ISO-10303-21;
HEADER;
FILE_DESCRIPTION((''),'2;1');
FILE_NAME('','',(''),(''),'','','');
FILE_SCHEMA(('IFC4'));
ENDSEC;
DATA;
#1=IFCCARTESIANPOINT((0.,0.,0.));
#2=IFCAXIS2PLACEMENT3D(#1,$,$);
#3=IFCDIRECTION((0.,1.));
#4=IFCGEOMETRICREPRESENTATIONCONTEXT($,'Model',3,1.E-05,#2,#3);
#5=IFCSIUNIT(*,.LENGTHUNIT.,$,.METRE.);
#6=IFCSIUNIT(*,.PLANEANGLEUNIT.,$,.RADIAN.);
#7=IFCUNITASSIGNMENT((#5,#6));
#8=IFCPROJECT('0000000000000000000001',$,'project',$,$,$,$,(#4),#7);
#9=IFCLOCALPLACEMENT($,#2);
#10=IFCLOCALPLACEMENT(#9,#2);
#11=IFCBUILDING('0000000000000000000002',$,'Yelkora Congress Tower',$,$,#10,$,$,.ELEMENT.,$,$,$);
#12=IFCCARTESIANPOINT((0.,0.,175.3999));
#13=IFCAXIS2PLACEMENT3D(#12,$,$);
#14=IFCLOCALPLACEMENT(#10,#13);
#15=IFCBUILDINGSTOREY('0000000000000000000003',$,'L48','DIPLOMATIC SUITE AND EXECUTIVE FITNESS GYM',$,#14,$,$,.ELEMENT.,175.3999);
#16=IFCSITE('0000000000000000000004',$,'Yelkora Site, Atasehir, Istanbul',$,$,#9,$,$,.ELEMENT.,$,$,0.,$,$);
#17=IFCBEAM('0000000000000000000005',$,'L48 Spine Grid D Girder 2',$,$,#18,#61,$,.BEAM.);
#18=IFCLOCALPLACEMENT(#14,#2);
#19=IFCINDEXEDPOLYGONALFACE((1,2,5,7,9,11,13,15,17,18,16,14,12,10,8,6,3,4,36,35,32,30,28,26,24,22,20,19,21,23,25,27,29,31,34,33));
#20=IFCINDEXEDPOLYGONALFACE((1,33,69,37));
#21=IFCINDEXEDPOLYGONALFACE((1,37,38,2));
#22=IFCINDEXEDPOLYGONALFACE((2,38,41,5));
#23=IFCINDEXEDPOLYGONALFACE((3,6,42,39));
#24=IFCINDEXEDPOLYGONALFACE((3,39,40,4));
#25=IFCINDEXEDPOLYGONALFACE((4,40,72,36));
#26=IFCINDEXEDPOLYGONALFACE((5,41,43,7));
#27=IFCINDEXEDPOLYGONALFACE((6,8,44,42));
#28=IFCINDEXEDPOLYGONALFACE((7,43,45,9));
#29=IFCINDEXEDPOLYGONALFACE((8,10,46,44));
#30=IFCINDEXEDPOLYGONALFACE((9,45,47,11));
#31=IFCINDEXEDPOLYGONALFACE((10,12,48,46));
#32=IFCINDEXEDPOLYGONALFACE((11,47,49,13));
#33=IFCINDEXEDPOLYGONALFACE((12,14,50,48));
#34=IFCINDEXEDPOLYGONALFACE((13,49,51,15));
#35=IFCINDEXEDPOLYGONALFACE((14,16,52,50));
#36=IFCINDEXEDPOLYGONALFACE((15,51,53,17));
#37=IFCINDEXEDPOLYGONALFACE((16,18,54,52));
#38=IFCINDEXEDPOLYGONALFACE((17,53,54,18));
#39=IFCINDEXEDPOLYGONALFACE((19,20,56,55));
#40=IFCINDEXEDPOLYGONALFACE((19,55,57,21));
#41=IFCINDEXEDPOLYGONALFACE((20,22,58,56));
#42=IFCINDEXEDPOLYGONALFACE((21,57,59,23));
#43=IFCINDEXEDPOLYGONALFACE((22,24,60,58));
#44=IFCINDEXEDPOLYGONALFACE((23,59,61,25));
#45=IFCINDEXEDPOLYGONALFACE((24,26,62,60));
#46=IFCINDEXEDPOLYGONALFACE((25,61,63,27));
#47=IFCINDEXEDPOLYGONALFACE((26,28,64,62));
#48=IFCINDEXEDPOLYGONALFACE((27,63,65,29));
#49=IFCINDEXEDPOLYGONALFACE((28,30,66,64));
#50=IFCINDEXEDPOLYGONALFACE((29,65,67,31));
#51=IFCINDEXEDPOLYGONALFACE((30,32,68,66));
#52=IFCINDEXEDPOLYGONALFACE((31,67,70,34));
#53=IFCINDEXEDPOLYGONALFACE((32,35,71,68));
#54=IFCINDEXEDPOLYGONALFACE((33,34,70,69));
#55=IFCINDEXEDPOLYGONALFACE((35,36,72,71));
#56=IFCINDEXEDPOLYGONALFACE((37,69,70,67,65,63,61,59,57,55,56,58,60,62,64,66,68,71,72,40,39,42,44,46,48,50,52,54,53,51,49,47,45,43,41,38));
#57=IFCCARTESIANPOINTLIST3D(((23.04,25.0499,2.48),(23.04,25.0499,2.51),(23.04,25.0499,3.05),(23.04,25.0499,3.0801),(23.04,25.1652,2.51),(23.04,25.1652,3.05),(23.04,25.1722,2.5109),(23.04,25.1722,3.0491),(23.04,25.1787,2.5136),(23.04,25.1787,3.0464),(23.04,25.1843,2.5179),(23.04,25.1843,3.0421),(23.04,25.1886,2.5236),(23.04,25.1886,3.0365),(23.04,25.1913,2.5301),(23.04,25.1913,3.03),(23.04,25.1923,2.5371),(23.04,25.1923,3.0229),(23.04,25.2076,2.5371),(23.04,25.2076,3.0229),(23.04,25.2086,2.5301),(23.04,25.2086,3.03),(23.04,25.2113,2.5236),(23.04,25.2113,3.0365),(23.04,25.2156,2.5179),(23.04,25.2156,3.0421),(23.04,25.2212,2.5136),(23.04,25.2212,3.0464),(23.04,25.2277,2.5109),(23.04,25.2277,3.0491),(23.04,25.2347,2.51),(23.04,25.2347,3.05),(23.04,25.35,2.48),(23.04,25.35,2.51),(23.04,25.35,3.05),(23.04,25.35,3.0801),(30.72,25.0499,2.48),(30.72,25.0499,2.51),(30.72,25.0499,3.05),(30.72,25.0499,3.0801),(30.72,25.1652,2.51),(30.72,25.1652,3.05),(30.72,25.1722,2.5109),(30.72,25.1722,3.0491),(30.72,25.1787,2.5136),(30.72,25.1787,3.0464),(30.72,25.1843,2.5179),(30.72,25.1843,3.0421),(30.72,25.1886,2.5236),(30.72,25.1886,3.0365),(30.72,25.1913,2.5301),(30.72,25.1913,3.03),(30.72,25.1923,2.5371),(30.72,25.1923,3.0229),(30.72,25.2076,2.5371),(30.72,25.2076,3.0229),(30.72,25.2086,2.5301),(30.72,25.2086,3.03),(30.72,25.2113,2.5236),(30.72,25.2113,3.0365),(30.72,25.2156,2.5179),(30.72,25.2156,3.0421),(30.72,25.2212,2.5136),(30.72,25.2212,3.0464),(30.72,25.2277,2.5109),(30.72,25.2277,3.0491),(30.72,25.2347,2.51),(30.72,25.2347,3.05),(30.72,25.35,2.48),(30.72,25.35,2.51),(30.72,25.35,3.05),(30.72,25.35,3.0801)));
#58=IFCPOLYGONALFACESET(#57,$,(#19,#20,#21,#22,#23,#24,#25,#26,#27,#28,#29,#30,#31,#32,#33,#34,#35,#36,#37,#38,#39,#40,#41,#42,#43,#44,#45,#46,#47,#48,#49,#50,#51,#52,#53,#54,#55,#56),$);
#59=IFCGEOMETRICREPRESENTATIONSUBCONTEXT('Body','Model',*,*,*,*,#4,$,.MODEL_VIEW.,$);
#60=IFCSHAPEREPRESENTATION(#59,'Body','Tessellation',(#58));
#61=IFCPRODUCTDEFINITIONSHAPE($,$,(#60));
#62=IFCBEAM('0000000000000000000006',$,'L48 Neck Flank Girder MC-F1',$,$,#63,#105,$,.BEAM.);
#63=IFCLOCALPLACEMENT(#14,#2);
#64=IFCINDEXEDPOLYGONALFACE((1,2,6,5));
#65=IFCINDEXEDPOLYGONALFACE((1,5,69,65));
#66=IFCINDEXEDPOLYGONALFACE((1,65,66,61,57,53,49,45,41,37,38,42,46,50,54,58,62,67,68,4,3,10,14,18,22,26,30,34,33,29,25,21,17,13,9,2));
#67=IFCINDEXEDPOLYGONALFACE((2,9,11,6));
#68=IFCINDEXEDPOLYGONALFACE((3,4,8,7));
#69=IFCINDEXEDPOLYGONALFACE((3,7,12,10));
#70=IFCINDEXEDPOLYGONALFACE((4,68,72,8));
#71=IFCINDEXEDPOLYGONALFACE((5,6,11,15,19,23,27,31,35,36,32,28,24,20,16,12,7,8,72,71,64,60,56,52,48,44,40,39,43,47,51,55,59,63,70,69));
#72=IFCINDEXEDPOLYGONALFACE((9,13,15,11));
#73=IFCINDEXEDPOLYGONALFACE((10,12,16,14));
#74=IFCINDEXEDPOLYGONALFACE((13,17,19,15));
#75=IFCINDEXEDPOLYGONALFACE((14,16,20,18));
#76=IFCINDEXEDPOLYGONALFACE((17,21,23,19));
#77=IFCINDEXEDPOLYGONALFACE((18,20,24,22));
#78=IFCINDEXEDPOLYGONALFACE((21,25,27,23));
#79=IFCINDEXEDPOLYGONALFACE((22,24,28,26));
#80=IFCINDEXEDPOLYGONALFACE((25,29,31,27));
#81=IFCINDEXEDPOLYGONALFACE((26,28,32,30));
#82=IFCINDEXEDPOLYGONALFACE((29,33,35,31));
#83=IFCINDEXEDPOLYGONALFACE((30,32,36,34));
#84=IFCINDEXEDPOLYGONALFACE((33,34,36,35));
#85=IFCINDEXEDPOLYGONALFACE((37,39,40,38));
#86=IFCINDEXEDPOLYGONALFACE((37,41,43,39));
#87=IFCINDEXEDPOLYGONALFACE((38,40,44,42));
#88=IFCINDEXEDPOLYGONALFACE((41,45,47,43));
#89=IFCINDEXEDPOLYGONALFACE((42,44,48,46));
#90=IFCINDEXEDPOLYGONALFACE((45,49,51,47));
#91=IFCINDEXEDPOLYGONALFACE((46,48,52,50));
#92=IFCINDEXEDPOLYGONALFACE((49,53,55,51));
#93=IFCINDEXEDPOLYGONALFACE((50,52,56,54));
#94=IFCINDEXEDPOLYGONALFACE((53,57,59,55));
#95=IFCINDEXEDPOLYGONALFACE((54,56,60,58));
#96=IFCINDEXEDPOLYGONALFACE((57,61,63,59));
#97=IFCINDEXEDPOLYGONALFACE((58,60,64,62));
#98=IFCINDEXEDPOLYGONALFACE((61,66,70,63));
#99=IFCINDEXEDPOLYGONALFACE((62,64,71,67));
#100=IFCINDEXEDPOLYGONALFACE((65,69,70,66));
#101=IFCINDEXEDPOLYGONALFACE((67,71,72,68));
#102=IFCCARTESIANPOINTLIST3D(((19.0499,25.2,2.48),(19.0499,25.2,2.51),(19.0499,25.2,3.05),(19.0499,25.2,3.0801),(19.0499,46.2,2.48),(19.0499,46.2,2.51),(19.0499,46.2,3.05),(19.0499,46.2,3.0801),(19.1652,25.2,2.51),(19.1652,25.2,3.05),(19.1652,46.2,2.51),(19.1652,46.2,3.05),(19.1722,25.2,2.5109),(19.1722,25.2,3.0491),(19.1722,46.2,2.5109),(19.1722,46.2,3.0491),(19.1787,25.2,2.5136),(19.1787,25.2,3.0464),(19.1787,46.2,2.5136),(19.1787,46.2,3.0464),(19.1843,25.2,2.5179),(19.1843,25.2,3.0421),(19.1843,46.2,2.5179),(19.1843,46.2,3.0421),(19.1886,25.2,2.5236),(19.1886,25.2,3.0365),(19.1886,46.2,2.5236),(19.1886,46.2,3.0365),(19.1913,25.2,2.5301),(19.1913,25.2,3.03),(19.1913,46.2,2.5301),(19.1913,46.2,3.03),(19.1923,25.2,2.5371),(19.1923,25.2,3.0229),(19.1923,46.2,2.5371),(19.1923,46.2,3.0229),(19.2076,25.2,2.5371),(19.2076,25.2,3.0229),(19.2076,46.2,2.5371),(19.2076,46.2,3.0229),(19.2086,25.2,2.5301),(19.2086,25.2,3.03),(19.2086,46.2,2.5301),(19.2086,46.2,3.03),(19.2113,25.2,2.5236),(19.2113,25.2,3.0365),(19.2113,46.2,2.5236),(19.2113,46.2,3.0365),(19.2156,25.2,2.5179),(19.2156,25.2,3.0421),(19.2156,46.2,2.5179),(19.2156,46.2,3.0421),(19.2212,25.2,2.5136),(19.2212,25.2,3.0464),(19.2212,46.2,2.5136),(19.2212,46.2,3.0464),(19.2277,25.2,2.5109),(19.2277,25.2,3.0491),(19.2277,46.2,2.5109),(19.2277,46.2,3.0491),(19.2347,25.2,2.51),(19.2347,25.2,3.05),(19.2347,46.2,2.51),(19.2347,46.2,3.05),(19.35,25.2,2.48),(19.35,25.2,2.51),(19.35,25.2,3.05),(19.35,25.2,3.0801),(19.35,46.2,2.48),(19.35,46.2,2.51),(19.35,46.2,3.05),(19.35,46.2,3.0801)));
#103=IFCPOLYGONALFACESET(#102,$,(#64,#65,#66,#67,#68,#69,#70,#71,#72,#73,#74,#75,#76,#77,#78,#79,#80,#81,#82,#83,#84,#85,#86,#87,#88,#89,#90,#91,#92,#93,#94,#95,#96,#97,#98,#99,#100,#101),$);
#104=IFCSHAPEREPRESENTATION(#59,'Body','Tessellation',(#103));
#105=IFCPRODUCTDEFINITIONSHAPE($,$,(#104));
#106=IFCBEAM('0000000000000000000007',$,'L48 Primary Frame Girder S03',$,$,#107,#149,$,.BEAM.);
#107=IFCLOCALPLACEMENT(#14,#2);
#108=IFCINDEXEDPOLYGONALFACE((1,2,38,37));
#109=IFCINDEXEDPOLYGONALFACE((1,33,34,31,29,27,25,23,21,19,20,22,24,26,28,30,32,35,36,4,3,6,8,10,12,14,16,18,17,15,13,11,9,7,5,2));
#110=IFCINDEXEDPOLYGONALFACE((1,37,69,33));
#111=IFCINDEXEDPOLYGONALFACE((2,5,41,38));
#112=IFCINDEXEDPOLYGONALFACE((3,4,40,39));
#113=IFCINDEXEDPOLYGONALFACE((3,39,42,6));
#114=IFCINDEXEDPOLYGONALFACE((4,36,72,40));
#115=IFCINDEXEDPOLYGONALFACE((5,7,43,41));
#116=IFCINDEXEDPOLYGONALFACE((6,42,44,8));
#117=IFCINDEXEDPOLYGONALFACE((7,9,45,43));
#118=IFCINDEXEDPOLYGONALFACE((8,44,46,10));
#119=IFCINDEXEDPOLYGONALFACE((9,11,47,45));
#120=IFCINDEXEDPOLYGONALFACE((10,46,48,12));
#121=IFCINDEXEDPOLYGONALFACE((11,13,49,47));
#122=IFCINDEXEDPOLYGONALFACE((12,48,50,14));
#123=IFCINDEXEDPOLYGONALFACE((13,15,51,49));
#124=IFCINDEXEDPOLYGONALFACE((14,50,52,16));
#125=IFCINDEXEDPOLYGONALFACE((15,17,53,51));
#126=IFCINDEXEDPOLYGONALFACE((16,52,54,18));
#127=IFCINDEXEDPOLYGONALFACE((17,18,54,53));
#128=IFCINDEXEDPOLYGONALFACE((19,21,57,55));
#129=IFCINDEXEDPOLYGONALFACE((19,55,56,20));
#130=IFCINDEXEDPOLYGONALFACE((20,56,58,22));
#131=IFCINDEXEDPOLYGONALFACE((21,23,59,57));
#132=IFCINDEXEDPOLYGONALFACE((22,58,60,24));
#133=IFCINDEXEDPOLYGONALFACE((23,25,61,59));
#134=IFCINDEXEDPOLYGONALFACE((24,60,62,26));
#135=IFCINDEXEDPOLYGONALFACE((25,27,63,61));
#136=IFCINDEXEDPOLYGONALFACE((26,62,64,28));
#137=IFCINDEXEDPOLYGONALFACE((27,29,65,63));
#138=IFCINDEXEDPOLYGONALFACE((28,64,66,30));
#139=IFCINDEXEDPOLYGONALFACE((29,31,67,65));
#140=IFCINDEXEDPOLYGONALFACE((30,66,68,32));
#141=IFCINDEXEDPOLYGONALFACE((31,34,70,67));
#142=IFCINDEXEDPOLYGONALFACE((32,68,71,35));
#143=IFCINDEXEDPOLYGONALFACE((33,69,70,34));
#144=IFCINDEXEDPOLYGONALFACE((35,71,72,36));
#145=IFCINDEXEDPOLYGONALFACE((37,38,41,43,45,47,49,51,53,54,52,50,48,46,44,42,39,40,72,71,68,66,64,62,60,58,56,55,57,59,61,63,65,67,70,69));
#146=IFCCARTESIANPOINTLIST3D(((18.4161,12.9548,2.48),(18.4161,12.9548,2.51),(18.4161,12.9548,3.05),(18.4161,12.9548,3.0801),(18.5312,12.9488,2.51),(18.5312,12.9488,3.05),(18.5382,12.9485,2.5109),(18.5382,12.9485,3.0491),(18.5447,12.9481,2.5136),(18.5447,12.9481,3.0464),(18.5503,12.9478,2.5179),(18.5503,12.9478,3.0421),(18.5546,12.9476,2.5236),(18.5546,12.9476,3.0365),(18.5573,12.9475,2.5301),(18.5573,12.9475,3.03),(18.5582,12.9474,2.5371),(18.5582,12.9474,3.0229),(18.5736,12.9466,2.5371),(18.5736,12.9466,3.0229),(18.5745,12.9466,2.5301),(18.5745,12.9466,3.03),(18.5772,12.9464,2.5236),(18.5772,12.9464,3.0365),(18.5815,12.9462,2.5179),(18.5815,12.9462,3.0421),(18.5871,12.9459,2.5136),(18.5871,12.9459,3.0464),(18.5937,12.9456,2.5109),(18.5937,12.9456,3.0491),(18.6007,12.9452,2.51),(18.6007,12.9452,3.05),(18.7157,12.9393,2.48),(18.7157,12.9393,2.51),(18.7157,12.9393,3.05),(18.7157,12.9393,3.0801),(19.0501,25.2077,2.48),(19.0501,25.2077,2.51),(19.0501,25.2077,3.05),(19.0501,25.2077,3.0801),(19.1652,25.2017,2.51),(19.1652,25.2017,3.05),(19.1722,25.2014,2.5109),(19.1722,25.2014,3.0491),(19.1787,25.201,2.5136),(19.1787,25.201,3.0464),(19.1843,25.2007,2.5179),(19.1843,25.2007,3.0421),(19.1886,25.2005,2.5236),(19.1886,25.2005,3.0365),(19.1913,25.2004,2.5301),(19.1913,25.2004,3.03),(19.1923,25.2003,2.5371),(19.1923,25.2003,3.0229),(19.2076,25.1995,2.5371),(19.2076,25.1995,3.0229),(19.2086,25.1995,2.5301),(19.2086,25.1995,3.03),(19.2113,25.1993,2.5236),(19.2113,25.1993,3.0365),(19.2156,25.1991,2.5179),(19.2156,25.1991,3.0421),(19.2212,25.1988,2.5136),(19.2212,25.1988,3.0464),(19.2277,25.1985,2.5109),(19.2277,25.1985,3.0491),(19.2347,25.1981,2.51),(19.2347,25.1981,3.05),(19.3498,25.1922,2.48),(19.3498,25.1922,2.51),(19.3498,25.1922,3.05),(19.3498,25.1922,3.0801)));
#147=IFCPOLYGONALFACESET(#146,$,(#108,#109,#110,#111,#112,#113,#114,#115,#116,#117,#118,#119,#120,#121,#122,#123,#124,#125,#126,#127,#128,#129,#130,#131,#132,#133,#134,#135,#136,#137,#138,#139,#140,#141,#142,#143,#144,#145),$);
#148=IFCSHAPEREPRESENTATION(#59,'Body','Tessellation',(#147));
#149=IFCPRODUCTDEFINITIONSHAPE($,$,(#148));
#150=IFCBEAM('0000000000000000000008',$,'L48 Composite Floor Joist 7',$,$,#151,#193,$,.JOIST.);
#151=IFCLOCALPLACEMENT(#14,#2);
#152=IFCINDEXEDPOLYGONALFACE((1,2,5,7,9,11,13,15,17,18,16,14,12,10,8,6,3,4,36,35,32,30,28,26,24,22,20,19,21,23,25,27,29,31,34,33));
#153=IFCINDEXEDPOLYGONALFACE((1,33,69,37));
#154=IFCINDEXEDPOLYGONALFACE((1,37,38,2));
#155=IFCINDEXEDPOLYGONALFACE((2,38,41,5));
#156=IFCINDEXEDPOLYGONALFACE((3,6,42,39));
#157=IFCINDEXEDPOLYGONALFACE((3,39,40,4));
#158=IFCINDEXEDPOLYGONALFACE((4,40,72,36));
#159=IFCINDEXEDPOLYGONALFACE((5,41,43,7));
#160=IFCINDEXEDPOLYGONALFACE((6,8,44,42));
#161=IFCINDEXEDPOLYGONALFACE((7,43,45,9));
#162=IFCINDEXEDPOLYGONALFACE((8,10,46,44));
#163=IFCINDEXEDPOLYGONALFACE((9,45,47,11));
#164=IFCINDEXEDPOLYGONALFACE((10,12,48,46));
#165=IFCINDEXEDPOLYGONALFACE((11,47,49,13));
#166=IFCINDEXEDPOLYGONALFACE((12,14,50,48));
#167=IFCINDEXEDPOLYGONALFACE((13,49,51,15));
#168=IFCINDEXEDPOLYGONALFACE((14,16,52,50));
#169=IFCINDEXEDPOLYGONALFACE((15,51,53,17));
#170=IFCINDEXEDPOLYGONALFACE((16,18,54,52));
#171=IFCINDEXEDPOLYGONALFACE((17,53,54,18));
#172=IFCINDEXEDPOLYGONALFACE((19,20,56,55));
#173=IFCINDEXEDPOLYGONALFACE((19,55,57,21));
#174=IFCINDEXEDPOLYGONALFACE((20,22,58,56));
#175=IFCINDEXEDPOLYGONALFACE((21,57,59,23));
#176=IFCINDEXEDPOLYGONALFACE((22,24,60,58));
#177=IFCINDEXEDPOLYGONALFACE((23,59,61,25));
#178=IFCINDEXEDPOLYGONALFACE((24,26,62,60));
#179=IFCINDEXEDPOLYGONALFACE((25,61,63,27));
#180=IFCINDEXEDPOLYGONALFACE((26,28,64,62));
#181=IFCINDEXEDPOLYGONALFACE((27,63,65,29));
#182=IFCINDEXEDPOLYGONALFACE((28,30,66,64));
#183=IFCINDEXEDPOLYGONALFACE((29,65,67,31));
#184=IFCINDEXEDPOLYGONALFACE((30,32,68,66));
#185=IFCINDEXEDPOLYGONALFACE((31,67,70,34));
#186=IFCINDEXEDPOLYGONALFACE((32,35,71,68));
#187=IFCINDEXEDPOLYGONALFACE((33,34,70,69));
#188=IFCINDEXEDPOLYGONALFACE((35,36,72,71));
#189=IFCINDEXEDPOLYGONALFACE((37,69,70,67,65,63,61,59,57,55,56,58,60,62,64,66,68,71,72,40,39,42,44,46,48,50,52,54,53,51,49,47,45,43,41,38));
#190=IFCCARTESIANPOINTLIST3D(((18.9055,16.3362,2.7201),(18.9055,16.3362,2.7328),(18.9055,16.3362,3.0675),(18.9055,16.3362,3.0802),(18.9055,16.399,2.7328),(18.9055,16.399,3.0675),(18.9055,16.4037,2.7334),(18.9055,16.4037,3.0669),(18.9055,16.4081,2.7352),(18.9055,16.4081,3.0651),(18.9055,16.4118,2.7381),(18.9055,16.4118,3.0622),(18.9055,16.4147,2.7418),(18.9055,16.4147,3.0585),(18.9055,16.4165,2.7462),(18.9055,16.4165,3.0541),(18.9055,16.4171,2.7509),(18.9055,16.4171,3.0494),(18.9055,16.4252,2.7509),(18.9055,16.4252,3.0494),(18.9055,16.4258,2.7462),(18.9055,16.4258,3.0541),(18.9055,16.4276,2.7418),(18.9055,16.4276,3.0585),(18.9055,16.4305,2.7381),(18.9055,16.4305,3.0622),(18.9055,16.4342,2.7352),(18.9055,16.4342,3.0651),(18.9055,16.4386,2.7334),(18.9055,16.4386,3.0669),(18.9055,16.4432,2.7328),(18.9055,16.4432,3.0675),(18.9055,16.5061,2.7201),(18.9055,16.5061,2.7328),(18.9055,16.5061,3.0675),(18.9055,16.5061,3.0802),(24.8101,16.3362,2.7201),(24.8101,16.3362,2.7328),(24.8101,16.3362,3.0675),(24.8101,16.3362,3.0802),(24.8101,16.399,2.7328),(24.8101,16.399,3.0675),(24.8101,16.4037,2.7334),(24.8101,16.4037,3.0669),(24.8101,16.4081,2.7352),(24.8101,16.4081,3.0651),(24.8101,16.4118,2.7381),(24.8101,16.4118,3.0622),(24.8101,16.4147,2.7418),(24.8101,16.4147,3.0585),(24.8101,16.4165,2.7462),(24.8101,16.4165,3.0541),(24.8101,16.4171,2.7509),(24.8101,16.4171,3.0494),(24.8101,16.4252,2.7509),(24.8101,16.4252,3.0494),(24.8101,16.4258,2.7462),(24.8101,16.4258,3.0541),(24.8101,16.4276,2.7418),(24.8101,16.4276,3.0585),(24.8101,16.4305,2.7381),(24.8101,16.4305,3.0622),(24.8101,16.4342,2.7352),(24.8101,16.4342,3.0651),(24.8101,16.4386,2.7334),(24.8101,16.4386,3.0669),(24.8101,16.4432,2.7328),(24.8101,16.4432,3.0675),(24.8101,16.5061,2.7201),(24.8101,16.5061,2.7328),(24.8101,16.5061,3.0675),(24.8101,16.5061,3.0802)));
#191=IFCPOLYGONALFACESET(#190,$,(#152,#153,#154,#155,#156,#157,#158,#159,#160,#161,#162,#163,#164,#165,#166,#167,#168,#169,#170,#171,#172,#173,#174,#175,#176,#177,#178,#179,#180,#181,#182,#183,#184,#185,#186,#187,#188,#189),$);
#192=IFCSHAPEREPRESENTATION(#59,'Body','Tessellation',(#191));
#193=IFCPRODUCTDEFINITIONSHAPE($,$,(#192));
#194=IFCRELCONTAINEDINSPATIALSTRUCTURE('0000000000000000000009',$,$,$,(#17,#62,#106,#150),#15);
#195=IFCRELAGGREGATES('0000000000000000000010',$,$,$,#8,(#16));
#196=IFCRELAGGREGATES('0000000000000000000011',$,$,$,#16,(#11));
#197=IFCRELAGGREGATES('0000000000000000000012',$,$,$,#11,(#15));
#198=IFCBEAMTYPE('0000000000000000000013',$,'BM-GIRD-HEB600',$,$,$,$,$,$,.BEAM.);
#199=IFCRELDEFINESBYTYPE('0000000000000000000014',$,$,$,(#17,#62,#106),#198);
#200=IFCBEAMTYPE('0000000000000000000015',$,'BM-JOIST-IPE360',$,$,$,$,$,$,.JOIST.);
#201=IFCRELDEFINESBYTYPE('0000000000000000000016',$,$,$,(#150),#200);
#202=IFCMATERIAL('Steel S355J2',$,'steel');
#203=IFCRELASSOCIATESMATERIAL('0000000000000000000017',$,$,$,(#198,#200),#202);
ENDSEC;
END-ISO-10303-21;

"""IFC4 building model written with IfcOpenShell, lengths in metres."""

from ifc_helpers import new_model, si_unit, direction, frame, origin, origin_2d, place, context, subcontext, project, spatial, i_section, extrude, material, material_profile, profile_set, type_object, element, save


model = new_model("IFC4")

# Units and contexts
model_context = context("Model", 3, precision=1e-05, world=origin(), true_north=direction((0.0, 1.0)))
body_context = subcontext(model_context, "Body", "Model", "MODEL_VIEW")
ifc_project = project(units=[si_unit("LENGTHUNIT", "METRE"), si_unit("PLANEANGLEUNIT", "RADIAN")], contexts=[model_context])

# Site, building, storey
site_placement = place(None, origin())
site = spatial("IfcSite", under=ifc_project, at=site_placement, Name="Yelkora Site, Atasehir, Istanbul", CompositionType="ELEMENT", RefElevation=0.0)
building_placement = place(site_placement, origin())
building = spatial("IfcBuilding", under=site, at=building_placement, Name="Yelkora Congress Tower", CompositionType="ELEMENT")
storey_placement = place(building_placement, frame((0.0, 0.0, 175.3999)))
storey = spatial("IfcBuildingStorey", under=building, at=storey_placement, Name="L48", Description="DIPLOMATIC SUITE AND EXECUTIVE FITNESS GYM", CompositionType="ELEMENT", Elevation=175.3999)

# Beams
ifc_material_1 = material(Name="Steel S355J2", Category="steel")
ifc_material_profile_1 = material_profile(ifc_material_1, i_section(OverallWidth=0.3, OverallDepth=0.6001, WebThickness=0.0154, FlangeThickness=0.03, FilletRadius=0.0271, at=origin_2d()), Name="HEB 600")
ifc_profile_set_1 = profile_set([ifc_material_profile_1], Name="Steel S355J2")
beam_type_1 = type_object("IfcBeamType", Name="BM-GIRD-HEB600", PredefinedType="BEAM", material=ifc_profile_set_1)
beam_1_placement = place(storey_placement, frame((23.04, 25.2, 2.78), z_axis=(1.0, 0.0, 0.0), x_axis=(0.0, 1.0, 0.0)))
element("IfcBeam", 1, at=beam_1_placement, inside=storey, type_object=beam_type_1, Name="L48 Spine Grid D Girder 2", PredefinedType="BEAM", context=body_context, shape_type="SweptSolid", body=[
    extrude(i_section(OverallWidth=0.3, OverallDepth=0.6001, WebThickness=0.0154, FlangeThickness=0.03, FilletRadius=0.0271, at=origin_2d()), origin(), (0.0, 0.0, 1.0), 7.6799),
])
beam_2_placement = place(storey_placement, frame((19.2, 25.2, 2.78), z_axis=(0.0, 1.0, 0.0), x_axis=(-1.0, 0.0, 0.0)))
element("IfcBeam", 2, at=beam_2_placement, inside=storey, type_object=beam_type_1, Name="L48 Neck Flank Girder MC-F1", PredefinedType="BEAM", context=body_context, shape_type="SweptSolid", body=[
    extrude(i_section(OverallWidth=0.3, OverallDepth=0.6001, WebThickness=0.0154, FlangeThickness=0.03, FilletRadius=0.0271, at=origin_2d()), origin(), (0.0, 0.0, 1.0), 21.0),
])
beam_3_placement = place(storey_placement, frame((18.5659, 12.947, 2.78), z_axis=(0.051676, 0.998664, 0.0), x_axis=(-0.998664, 0.051676, 0.0)))
element("IfcBeam", 3, at=beam_3_placement, inside=storey, type_object=beam_type_1, Name="L48 Primary Frame Girder S03", PredefinedType="BEAM", context=body_context, shape_type="SweptSolid", body=[
    extrude(i_section(OverallWidth=0.3, OverallDepth=0.6001, WebThickness=0.0154, FlangeThickness=0.03, FilletRadius=0.0271, at=origin_2d()), origin(), (0.0, 0.0, 1.0), 12.2693),
])
ifc_material_profile_2 = material_profile(ifc_material_1, i_section(OverallWidth=0.1699, OverallDepth=0.3601, WebThickness=0.0081, FlangeThickness=0.0127, FilletRadius=0.0181, at=origin_2d()), Name="IPE 360")
ifc_profile_set_2 = profile_set([ifc_material_profile_2], Name="Steel S355J2")
beam_type_2 = type_object("IfcBeamType", Name="BM-JOIST-IPE360", PredefinedType="JOIST", material=ifc_profile_set_2)
beam_4_placement = place(storey_placement, frame((18.9055, 16.4211, 2.9001), z_axis=(1.0, 0.0, 0.0), x_axis=(0.0, 1.0, 0.0)))
element("IfcBeam", 4, at=beam_4_placement, inside=storey, type_object=beam_type_2, Name="L48 Composite Floor Joist 7", PredefinedType="JOIST", context=body_context, shape_type="SweptSolid", body=[
    extrude(i_section(OverallWidth=0.1699, OverallDepth=0.3601, WebThickness=0.0081, FlangeThickness=0.0127, FilletRadius=0.0181, at=origin_2d()), origin(), (0.0, 0.0, 1.0), 5.9045),
])

save(model, "model.ifc")
